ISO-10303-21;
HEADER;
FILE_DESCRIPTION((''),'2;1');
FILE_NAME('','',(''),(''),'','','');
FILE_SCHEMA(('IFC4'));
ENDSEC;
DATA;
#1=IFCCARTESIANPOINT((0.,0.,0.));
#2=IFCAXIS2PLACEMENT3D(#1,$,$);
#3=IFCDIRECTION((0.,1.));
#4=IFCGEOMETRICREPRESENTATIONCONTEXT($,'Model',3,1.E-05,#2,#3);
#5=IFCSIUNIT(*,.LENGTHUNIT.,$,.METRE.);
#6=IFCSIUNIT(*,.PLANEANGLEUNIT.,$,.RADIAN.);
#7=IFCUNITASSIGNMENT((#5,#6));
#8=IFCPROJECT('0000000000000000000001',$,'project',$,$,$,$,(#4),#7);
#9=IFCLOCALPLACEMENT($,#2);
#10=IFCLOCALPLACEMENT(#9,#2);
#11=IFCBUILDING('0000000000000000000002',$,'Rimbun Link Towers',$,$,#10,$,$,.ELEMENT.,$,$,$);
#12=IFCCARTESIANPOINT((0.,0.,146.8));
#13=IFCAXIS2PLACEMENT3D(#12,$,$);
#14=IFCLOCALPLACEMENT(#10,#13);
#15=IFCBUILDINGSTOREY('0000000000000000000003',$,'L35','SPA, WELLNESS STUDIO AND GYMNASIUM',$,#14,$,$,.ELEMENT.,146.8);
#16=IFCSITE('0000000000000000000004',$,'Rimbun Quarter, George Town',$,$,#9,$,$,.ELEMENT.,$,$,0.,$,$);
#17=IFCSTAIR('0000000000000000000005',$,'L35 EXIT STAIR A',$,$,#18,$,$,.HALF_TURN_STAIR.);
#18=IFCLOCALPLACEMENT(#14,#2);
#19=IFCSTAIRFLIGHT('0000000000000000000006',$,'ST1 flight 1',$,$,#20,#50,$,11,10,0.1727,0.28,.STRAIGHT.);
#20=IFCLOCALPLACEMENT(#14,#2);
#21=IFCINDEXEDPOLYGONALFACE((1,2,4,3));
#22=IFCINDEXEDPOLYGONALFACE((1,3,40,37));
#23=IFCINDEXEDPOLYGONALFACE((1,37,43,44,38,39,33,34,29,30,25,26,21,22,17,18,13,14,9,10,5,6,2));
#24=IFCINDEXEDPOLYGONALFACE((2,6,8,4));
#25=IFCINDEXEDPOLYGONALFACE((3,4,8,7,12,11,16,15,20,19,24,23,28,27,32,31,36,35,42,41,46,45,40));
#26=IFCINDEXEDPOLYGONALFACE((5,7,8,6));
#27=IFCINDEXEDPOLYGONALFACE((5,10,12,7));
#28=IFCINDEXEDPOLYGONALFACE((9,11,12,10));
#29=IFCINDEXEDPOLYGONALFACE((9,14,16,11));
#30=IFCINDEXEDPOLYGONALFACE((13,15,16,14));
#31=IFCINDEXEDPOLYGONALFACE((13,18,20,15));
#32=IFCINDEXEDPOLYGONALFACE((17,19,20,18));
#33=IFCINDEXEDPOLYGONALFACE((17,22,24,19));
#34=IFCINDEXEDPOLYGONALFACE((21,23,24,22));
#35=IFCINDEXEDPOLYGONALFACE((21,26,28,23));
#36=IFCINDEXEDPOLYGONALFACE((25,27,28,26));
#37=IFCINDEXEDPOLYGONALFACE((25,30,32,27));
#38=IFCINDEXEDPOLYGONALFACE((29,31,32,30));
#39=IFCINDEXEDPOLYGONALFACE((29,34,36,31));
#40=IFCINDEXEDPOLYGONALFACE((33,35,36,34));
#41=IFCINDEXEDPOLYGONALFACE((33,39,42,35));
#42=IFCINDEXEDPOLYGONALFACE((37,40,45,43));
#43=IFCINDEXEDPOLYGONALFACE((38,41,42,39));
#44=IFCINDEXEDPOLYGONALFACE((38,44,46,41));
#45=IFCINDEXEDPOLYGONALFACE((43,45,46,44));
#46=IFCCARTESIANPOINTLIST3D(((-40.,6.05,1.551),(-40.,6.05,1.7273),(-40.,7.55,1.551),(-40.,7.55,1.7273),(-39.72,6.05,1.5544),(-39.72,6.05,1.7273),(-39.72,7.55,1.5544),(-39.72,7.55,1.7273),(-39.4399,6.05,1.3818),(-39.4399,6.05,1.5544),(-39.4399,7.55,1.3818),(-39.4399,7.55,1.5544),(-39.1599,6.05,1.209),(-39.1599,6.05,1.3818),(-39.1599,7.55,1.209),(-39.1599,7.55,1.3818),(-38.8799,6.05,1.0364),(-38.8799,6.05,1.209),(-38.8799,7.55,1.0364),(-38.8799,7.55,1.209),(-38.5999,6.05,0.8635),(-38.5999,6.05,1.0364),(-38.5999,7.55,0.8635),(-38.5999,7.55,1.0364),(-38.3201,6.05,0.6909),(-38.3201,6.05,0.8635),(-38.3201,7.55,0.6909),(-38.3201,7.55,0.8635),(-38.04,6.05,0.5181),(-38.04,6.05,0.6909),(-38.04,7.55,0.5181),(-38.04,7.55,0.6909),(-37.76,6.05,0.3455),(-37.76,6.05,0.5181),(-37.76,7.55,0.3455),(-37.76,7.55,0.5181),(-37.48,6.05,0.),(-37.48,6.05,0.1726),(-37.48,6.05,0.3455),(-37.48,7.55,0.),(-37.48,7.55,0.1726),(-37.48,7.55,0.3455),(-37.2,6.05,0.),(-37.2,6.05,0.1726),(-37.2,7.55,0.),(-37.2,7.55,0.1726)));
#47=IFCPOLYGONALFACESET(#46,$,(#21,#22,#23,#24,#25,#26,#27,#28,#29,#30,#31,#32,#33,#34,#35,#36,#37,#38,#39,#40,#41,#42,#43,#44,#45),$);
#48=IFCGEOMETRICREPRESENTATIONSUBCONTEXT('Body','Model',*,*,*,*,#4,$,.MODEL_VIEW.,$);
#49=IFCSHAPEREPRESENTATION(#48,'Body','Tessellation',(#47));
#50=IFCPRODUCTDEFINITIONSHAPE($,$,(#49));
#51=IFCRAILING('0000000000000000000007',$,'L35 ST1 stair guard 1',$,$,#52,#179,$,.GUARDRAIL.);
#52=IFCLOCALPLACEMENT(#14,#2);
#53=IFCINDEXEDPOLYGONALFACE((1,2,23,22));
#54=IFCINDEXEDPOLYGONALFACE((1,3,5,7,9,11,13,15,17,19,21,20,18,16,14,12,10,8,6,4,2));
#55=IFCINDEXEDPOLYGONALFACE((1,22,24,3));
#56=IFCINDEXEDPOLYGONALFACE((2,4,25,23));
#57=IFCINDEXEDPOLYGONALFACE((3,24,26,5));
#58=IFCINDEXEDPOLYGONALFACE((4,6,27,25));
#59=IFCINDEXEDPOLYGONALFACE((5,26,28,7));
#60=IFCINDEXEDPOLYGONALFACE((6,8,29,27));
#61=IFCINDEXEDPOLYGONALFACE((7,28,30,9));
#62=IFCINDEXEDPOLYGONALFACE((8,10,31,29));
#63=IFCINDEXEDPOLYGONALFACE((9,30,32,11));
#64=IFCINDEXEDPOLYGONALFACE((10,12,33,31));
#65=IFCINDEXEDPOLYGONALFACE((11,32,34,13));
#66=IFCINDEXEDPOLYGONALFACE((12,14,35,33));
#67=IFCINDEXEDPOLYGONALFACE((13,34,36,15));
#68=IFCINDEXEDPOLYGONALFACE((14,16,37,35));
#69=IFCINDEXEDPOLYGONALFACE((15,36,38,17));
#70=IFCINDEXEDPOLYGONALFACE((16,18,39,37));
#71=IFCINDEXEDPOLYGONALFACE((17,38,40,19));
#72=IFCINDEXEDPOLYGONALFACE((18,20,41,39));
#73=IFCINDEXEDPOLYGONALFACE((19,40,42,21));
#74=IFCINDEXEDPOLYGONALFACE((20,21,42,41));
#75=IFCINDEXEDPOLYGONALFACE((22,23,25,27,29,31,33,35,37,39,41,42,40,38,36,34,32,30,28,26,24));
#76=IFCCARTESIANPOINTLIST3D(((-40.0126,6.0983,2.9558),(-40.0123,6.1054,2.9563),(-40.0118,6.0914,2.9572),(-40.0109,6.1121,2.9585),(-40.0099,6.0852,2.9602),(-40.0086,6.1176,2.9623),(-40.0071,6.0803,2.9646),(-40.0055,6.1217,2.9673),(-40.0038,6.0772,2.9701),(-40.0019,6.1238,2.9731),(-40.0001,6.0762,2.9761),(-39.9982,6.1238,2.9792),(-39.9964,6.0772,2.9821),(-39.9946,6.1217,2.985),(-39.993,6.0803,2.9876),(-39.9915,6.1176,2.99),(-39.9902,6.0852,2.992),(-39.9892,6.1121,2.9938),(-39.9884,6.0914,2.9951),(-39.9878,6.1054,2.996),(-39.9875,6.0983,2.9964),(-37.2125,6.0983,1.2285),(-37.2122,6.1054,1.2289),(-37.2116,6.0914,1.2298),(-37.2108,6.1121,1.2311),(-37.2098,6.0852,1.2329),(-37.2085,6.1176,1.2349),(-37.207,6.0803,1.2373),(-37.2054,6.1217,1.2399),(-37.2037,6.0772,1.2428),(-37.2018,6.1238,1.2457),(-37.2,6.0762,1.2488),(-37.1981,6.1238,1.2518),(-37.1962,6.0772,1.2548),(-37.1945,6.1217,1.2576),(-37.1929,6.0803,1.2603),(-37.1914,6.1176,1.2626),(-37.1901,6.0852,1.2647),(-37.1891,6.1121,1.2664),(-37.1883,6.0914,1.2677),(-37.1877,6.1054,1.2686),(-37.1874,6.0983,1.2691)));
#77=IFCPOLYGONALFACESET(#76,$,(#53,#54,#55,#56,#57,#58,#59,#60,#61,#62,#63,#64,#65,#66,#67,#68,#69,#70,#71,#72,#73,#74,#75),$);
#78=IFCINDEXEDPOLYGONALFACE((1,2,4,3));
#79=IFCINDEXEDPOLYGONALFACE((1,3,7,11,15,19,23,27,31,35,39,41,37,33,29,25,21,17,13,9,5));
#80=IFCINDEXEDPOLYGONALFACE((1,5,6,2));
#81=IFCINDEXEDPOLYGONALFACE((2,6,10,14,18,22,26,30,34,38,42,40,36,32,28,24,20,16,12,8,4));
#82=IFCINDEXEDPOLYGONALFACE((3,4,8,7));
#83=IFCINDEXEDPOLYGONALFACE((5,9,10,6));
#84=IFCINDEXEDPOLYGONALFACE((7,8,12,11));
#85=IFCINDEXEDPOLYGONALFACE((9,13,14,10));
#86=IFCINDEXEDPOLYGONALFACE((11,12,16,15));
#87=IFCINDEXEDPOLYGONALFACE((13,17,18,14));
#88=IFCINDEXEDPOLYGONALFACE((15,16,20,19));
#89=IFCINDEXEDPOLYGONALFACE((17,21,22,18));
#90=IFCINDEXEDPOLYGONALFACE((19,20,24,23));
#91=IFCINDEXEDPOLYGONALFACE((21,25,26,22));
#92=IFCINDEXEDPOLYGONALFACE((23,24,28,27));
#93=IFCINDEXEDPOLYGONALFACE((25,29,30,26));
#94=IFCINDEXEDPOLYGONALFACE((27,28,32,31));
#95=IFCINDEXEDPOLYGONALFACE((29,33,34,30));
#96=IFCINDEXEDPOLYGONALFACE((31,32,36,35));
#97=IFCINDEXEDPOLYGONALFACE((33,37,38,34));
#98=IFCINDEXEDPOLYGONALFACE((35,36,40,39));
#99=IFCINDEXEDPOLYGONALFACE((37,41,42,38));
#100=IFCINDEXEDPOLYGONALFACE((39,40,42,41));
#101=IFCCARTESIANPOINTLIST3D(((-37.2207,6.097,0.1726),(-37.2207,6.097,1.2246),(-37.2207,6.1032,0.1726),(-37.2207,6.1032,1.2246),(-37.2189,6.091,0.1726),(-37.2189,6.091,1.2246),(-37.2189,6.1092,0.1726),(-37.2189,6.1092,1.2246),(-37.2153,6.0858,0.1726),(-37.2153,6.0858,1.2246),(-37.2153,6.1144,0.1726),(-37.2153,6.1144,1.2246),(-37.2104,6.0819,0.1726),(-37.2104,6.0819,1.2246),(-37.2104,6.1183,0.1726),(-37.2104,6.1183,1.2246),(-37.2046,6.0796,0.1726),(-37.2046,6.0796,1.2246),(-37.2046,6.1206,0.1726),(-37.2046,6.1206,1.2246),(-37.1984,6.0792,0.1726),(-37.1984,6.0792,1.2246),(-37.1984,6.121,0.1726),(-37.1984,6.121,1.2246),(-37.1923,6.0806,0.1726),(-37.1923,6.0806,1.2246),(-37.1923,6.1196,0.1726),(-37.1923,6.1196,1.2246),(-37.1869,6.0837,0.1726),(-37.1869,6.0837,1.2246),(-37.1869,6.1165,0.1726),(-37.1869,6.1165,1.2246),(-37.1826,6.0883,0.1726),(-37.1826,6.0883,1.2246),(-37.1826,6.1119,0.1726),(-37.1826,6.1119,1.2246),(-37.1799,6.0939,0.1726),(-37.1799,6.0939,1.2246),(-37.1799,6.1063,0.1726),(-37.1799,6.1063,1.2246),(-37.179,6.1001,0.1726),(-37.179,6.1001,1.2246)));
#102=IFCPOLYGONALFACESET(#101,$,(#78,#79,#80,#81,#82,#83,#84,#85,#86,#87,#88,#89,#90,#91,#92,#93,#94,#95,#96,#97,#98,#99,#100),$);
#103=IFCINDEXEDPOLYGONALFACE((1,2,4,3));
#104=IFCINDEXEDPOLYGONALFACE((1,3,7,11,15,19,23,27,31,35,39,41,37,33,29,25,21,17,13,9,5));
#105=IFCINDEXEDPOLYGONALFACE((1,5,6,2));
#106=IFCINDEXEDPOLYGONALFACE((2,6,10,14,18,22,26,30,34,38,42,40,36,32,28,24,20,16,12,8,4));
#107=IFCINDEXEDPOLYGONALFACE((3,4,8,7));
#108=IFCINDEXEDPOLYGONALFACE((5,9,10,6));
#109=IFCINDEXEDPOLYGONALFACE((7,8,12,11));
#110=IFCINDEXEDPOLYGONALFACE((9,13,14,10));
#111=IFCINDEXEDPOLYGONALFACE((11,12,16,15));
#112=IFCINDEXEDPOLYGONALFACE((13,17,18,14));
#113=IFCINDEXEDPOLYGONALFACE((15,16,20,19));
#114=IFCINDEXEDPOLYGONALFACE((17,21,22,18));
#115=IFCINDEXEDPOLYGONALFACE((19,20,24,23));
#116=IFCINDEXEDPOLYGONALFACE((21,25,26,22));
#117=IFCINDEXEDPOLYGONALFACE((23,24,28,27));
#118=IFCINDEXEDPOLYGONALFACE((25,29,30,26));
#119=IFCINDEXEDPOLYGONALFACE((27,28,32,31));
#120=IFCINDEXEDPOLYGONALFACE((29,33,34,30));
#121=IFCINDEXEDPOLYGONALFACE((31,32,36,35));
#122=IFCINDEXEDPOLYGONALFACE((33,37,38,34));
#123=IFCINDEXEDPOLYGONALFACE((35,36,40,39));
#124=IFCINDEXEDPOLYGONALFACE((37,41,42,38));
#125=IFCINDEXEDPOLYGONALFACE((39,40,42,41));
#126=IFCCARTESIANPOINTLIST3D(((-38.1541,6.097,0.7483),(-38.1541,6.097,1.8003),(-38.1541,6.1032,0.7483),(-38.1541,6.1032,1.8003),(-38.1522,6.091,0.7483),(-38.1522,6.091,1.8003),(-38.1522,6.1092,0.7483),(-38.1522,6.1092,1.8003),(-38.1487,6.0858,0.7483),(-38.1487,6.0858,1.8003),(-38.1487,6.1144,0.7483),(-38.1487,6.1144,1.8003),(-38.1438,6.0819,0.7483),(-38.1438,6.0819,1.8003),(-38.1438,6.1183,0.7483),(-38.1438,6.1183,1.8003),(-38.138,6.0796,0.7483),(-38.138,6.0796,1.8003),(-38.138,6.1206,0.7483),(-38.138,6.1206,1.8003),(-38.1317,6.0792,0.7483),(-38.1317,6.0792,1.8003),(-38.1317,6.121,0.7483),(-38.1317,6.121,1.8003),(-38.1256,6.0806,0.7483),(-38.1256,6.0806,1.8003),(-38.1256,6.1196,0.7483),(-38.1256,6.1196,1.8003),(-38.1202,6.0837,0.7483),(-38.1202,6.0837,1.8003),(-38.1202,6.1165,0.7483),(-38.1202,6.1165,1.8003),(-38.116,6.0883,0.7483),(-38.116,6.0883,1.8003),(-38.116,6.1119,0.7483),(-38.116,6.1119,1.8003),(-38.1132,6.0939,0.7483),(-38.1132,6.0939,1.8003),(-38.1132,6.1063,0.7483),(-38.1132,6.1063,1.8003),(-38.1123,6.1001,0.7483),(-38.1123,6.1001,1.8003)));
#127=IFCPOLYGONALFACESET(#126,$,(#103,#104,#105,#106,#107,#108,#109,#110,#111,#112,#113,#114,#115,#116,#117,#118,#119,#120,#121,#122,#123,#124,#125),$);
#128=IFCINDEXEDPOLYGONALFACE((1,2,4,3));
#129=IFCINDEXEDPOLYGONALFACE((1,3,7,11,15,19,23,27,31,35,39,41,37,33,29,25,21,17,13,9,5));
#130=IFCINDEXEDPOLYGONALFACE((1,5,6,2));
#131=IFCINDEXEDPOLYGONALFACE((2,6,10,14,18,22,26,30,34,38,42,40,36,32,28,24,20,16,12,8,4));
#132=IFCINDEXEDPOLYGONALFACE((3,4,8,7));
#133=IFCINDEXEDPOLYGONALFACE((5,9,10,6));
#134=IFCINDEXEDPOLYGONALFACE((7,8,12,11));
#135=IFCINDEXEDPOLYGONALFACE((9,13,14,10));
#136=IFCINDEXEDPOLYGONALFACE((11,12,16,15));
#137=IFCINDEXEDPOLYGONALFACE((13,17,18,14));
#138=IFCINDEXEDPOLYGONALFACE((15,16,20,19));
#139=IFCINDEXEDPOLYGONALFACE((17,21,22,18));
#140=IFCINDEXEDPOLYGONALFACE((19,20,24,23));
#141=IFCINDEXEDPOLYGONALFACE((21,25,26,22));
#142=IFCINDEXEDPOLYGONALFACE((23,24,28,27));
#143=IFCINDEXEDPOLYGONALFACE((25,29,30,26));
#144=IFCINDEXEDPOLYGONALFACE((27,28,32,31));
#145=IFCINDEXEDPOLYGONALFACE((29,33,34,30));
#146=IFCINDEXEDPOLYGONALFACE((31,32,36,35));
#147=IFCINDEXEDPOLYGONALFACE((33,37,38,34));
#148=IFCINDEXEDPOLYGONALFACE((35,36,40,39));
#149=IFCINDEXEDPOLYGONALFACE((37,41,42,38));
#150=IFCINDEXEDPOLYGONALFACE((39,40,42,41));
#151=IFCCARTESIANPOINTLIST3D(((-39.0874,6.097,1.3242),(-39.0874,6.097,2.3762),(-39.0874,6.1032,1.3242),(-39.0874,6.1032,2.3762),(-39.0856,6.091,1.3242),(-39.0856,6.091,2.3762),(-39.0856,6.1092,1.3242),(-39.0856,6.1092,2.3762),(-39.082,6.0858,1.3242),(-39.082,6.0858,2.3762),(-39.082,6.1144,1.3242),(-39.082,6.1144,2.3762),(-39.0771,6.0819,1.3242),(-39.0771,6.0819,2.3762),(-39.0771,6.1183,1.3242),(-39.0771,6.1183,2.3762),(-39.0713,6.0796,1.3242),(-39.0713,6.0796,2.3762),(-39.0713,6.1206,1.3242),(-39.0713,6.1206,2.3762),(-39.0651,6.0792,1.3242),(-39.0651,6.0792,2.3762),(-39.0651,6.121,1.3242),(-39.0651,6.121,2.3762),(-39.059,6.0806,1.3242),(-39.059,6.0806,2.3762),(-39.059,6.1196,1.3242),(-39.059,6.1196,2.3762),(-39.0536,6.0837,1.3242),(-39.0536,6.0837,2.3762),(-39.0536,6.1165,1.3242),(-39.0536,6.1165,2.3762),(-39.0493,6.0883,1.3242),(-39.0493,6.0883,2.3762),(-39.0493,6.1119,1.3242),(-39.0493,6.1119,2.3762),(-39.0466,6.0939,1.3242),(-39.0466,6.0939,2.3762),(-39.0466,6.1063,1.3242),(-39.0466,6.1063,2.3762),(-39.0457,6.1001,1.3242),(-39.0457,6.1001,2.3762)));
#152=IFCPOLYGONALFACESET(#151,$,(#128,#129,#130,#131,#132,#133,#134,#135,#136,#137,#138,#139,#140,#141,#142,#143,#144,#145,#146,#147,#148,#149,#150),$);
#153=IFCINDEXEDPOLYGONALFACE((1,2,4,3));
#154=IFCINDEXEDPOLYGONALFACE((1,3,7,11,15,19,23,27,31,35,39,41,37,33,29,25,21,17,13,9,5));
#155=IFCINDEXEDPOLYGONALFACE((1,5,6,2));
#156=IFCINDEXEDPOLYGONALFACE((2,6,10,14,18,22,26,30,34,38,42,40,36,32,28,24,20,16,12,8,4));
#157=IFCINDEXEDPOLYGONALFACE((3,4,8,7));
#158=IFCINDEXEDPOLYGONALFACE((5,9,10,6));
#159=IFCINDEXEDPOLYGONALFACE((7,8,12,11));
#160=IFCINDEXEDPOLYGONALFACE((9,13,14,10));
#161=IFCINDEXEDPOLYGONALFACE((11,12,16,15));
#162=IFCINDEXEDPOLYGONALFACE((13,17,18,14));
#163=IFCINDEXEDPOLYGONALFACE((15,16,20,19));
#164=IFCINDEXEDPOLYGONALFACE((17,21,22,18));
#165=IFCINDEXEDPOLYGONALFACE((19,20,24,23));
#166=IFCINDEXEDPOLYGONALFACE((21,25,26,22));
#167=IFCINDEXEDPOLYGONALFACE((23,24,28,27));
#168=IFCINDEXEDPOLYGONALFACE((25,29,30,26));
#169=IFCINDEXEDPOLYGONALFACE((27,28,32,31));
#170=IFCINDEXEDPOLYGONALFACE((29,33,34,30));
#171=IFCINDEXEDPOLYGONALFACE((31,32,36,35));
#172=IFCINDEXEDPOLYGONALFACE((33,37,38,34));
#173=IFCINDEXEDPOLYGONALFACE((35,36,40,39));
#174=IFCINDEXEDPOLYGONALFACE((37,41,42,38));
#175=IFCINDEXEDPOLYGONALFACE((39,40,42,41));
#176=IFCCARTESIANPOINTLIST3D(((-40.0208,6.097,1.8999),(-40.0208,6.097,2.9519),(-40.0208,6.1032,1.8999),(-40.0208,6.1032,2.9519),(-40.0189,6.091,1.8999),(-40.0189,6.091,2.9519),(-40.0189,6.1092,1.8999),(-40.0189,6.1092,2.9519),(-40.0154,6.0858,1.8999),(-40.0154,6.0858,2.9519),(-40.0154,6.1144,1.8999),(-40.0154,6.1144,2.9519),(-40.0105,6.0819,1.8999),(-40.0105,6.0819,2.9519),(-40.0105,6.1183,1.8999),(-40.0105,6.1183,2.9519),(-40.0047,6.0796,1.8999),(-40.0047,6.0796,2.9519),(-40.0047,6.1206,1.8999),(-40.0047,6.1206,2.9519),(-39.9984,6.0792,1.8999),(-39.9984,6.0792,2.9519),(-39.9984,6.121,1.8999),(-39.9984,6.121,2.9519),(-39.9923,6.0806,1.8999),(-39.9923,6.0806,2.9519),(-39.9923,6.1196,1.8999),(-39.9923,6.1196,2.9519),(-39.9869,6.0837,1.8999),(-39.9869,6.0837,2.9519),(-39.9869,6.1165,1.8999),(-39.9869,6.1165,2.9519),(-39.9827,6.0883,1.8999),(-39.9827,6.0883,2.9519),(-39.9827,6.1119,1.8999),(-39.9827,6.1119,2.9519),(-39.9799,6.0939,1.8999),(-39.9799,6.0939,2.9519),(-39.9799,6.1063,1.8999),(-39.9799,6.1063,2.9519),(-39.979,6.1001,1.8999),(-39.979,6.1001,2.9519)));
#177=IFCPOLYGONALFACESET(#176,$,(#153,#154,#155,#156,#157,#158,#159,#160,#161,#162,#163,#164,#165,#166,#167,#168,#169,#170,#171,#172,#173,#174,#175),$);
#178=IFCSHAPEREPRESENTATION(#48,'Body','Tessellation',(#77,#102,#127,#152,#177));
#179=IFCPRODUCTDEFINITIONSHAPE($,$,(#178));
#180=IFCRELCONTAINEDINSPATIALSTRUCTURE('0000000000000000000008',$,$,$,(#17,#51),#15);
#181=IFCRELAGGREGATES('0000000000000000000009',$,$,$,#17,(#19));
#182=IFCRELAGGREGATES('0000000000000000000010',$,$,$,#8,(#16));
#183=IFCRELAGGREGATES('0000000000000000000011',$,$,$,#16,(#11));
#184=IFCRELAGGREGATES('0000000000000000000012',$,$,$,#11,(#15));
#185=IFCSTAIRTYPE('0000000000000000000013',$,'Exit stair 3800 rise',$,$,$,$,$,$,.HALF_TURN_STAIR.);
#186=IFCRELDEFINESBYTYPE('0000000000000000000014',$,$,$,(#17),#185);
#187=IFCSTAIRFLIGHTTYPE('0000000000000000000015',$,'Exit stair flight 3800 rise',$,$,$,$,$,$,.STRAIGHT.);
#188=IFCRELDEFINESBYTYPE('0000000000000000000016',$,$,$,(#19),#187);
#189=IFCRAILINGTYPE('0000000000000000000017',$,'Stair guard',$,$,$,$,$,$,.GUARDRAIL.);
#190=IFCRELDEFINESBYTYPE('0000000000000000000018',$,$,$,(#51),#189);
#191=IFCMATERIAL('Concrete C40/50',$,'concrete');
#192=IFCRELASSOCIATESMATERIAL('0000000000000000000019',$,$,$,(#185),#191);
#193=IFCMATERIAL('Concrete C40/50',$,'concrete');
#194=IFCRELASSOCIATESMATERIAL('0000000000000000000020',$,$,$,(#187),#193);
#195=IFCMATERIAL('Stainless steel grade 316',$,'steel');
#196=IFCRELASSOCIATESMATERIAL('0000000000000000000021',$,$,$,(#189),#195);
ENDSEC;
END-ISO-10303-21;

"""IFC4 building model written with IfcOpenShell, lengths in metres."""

from ifc_helpers import new_model, si_unit, direction, frame, origin, origin_2d, place, context, subcontext, project, spatial, polyline, circle, outline, extrude, material, type_object, element, aggregate, save


model = new_model("IFC4")

# Units and contexts
model_context = context("Model", 3, precision=1e-05, world=origin(), true_north=direction((0.0, 1.0)))
body_context = subcontext(model_context, "Body", "Model", "MODEL_VIEW")
ifc_project = project(units=[si_unit("LENGTHUNIT", "METRE"), si_unit("PLANEANGLEUNIT", "RADIAN")], contexts=[model_context])

# Site, building, storey
site_placement = place(None, origin())
site = spatial("IfcSite", under=ifc_project, at=site_placement, Name="Rimbun Quarter, George Town", CompositionType="ELEMENT", RefElevation=0.0)
building_placement = place(site_placement, origin())
building = spatial("IfcBuilding", under=site, at=building_placement, Name="Rimbun Link Towers", CompositionType="ELEMENT")
storey_placement = place(building_placement, frame((0.0, 0.0, 146.8)))
storey = spatial("IfcBuildingStorey", under=building, at=storey_placement, Name="L35", Description="SPA, WELLNESS STUDIO AND GYMNASIUM", CompositionType="ELEMENT", Elevation=146.8)

# Stair, stair flight
ifc_material_1 = material(Name="Concrete C40/50", Category="concrete")
stair_type = type_object("IfcStairType", Name="Exit stair 3800 rise", PredefinedType="HALF_TURN_STAIR", material=ifc_material_1)
stair_placement = place(storey_placement, origin())
stair = element("IfcStair", 1, at=stair_placement, inside=storey, type_object=stair_type, Name="L35 EXIT STAIR A", PredefinedType="HALF_TURN_STAIR")
ifc_material_2 = material(Name="Concrete C40/50", Category="concrete")
stair_flight_type = type_object("IfcStairFlightType", Name="Exit stair flight 3800 rise", PredefinedType="STRAIGHT", material=ifc_material_2)
stair_flight_placement = place(storey_placement, frame((-37.2, 6.8, 0.0), z_axis=(0.0, 0.0, 1.0), x_axis=(-1.0, 0.0, 0.0)))
stair_flight = element("IfcStairFlight", 2, at=stair_flight_placement, type_object=stair_flight_type, Name="ST1 flight 1", NumberOfRisers=11, NumberOfTreads=10, PredefinedType="STRAIGHT", RiserHeight=0.1727, TreadLength=0.28, context=body_context, shape_type="SweptSolid", body=[
    extrude(outline(polyline([(0.0, 0.0), (0.0, 0.1726), (0.28, 0.1726), (0.28, 0.3455), (0.5601, 0.3455), (0.5601, 0.5181), (0.8401, 0.5181), (0.8401, 0.6909), (1.1201, 0.6909), (1.1201, 0.8635), (1.3999, 0.8635), (1.3999, 1.0364), (1.6799, 1.0364), (1.6799, 1.209), (1.96, 1.209), (1.96, 1.3818), (2.24, 1.3818), (2.24, 1.5544), (2.52, 1.5544), (2.52, 1.7273), (2.8, 1.7273), (2.8, 1.8999), (2.8, 1.551), (0.28, 0.0), (0.0, 0.0)])), frame((0.0, 0.75, 0.0), z_axis=(0.0, -1.0, 0.0), x_axis=(1.0, 0.0, 0.0)), (0.0, 0.0, 1.0), 1.5),
])
aggregate(stair, [stair_flight])

# Railing
ifc_material_3 = material(Name="Stainless steel grade 316", Category="steel")
railing_type_1 = type_object("IfcRailingType", Name="Stair guard", PredefinedType="GUARDRAIL", material=ifc_material_3)
railing_1_placement = place(storey_placement, frame((-37.2, 6.1001, 0.1726)))
element("IfcRailing", 3, at=railing_1_placement, inside=storey, type_object=railing_type_1, Name="L35 ST1 stair guard 1", PredefinedType="GUARDRAIL", context=body_context, shape_type="SweptSolid", body=[
    extrude(circle(Radius=0.0239, at=origin_2d()), frame((0.0, 0.0, 1.0762), z_axis=(-0.85109, 0.0, 0.52502), x_axis=(0.0, -1.0, 0.0)), (0.0, 0.0, 1.0), 3.29),
    extrude(circle(Radius=0.021, at=origin_2d()), origin(), (0.0, 0.0, 1.0), 1.052),
    extrude(circle(Radius=0.021, at=origin_2d()), frame((-0.9333, 0.0, 0.5757)), (0.0, 0.0, 1.0), 1.052),
    extrude(circle(Radius=0.021, at=origin_2d()), frame((-1.8667, 0.0, 1.1516)), (0.0, 0.0, 1.0), 1.052),
    extrude(circle(Radius=0.021, at=origin_2d()), frame((-2.8, 0.0, 1.7273)), (0.0, 0.0, 1.0), 1.052),
])

save(model, "model.ifc")
